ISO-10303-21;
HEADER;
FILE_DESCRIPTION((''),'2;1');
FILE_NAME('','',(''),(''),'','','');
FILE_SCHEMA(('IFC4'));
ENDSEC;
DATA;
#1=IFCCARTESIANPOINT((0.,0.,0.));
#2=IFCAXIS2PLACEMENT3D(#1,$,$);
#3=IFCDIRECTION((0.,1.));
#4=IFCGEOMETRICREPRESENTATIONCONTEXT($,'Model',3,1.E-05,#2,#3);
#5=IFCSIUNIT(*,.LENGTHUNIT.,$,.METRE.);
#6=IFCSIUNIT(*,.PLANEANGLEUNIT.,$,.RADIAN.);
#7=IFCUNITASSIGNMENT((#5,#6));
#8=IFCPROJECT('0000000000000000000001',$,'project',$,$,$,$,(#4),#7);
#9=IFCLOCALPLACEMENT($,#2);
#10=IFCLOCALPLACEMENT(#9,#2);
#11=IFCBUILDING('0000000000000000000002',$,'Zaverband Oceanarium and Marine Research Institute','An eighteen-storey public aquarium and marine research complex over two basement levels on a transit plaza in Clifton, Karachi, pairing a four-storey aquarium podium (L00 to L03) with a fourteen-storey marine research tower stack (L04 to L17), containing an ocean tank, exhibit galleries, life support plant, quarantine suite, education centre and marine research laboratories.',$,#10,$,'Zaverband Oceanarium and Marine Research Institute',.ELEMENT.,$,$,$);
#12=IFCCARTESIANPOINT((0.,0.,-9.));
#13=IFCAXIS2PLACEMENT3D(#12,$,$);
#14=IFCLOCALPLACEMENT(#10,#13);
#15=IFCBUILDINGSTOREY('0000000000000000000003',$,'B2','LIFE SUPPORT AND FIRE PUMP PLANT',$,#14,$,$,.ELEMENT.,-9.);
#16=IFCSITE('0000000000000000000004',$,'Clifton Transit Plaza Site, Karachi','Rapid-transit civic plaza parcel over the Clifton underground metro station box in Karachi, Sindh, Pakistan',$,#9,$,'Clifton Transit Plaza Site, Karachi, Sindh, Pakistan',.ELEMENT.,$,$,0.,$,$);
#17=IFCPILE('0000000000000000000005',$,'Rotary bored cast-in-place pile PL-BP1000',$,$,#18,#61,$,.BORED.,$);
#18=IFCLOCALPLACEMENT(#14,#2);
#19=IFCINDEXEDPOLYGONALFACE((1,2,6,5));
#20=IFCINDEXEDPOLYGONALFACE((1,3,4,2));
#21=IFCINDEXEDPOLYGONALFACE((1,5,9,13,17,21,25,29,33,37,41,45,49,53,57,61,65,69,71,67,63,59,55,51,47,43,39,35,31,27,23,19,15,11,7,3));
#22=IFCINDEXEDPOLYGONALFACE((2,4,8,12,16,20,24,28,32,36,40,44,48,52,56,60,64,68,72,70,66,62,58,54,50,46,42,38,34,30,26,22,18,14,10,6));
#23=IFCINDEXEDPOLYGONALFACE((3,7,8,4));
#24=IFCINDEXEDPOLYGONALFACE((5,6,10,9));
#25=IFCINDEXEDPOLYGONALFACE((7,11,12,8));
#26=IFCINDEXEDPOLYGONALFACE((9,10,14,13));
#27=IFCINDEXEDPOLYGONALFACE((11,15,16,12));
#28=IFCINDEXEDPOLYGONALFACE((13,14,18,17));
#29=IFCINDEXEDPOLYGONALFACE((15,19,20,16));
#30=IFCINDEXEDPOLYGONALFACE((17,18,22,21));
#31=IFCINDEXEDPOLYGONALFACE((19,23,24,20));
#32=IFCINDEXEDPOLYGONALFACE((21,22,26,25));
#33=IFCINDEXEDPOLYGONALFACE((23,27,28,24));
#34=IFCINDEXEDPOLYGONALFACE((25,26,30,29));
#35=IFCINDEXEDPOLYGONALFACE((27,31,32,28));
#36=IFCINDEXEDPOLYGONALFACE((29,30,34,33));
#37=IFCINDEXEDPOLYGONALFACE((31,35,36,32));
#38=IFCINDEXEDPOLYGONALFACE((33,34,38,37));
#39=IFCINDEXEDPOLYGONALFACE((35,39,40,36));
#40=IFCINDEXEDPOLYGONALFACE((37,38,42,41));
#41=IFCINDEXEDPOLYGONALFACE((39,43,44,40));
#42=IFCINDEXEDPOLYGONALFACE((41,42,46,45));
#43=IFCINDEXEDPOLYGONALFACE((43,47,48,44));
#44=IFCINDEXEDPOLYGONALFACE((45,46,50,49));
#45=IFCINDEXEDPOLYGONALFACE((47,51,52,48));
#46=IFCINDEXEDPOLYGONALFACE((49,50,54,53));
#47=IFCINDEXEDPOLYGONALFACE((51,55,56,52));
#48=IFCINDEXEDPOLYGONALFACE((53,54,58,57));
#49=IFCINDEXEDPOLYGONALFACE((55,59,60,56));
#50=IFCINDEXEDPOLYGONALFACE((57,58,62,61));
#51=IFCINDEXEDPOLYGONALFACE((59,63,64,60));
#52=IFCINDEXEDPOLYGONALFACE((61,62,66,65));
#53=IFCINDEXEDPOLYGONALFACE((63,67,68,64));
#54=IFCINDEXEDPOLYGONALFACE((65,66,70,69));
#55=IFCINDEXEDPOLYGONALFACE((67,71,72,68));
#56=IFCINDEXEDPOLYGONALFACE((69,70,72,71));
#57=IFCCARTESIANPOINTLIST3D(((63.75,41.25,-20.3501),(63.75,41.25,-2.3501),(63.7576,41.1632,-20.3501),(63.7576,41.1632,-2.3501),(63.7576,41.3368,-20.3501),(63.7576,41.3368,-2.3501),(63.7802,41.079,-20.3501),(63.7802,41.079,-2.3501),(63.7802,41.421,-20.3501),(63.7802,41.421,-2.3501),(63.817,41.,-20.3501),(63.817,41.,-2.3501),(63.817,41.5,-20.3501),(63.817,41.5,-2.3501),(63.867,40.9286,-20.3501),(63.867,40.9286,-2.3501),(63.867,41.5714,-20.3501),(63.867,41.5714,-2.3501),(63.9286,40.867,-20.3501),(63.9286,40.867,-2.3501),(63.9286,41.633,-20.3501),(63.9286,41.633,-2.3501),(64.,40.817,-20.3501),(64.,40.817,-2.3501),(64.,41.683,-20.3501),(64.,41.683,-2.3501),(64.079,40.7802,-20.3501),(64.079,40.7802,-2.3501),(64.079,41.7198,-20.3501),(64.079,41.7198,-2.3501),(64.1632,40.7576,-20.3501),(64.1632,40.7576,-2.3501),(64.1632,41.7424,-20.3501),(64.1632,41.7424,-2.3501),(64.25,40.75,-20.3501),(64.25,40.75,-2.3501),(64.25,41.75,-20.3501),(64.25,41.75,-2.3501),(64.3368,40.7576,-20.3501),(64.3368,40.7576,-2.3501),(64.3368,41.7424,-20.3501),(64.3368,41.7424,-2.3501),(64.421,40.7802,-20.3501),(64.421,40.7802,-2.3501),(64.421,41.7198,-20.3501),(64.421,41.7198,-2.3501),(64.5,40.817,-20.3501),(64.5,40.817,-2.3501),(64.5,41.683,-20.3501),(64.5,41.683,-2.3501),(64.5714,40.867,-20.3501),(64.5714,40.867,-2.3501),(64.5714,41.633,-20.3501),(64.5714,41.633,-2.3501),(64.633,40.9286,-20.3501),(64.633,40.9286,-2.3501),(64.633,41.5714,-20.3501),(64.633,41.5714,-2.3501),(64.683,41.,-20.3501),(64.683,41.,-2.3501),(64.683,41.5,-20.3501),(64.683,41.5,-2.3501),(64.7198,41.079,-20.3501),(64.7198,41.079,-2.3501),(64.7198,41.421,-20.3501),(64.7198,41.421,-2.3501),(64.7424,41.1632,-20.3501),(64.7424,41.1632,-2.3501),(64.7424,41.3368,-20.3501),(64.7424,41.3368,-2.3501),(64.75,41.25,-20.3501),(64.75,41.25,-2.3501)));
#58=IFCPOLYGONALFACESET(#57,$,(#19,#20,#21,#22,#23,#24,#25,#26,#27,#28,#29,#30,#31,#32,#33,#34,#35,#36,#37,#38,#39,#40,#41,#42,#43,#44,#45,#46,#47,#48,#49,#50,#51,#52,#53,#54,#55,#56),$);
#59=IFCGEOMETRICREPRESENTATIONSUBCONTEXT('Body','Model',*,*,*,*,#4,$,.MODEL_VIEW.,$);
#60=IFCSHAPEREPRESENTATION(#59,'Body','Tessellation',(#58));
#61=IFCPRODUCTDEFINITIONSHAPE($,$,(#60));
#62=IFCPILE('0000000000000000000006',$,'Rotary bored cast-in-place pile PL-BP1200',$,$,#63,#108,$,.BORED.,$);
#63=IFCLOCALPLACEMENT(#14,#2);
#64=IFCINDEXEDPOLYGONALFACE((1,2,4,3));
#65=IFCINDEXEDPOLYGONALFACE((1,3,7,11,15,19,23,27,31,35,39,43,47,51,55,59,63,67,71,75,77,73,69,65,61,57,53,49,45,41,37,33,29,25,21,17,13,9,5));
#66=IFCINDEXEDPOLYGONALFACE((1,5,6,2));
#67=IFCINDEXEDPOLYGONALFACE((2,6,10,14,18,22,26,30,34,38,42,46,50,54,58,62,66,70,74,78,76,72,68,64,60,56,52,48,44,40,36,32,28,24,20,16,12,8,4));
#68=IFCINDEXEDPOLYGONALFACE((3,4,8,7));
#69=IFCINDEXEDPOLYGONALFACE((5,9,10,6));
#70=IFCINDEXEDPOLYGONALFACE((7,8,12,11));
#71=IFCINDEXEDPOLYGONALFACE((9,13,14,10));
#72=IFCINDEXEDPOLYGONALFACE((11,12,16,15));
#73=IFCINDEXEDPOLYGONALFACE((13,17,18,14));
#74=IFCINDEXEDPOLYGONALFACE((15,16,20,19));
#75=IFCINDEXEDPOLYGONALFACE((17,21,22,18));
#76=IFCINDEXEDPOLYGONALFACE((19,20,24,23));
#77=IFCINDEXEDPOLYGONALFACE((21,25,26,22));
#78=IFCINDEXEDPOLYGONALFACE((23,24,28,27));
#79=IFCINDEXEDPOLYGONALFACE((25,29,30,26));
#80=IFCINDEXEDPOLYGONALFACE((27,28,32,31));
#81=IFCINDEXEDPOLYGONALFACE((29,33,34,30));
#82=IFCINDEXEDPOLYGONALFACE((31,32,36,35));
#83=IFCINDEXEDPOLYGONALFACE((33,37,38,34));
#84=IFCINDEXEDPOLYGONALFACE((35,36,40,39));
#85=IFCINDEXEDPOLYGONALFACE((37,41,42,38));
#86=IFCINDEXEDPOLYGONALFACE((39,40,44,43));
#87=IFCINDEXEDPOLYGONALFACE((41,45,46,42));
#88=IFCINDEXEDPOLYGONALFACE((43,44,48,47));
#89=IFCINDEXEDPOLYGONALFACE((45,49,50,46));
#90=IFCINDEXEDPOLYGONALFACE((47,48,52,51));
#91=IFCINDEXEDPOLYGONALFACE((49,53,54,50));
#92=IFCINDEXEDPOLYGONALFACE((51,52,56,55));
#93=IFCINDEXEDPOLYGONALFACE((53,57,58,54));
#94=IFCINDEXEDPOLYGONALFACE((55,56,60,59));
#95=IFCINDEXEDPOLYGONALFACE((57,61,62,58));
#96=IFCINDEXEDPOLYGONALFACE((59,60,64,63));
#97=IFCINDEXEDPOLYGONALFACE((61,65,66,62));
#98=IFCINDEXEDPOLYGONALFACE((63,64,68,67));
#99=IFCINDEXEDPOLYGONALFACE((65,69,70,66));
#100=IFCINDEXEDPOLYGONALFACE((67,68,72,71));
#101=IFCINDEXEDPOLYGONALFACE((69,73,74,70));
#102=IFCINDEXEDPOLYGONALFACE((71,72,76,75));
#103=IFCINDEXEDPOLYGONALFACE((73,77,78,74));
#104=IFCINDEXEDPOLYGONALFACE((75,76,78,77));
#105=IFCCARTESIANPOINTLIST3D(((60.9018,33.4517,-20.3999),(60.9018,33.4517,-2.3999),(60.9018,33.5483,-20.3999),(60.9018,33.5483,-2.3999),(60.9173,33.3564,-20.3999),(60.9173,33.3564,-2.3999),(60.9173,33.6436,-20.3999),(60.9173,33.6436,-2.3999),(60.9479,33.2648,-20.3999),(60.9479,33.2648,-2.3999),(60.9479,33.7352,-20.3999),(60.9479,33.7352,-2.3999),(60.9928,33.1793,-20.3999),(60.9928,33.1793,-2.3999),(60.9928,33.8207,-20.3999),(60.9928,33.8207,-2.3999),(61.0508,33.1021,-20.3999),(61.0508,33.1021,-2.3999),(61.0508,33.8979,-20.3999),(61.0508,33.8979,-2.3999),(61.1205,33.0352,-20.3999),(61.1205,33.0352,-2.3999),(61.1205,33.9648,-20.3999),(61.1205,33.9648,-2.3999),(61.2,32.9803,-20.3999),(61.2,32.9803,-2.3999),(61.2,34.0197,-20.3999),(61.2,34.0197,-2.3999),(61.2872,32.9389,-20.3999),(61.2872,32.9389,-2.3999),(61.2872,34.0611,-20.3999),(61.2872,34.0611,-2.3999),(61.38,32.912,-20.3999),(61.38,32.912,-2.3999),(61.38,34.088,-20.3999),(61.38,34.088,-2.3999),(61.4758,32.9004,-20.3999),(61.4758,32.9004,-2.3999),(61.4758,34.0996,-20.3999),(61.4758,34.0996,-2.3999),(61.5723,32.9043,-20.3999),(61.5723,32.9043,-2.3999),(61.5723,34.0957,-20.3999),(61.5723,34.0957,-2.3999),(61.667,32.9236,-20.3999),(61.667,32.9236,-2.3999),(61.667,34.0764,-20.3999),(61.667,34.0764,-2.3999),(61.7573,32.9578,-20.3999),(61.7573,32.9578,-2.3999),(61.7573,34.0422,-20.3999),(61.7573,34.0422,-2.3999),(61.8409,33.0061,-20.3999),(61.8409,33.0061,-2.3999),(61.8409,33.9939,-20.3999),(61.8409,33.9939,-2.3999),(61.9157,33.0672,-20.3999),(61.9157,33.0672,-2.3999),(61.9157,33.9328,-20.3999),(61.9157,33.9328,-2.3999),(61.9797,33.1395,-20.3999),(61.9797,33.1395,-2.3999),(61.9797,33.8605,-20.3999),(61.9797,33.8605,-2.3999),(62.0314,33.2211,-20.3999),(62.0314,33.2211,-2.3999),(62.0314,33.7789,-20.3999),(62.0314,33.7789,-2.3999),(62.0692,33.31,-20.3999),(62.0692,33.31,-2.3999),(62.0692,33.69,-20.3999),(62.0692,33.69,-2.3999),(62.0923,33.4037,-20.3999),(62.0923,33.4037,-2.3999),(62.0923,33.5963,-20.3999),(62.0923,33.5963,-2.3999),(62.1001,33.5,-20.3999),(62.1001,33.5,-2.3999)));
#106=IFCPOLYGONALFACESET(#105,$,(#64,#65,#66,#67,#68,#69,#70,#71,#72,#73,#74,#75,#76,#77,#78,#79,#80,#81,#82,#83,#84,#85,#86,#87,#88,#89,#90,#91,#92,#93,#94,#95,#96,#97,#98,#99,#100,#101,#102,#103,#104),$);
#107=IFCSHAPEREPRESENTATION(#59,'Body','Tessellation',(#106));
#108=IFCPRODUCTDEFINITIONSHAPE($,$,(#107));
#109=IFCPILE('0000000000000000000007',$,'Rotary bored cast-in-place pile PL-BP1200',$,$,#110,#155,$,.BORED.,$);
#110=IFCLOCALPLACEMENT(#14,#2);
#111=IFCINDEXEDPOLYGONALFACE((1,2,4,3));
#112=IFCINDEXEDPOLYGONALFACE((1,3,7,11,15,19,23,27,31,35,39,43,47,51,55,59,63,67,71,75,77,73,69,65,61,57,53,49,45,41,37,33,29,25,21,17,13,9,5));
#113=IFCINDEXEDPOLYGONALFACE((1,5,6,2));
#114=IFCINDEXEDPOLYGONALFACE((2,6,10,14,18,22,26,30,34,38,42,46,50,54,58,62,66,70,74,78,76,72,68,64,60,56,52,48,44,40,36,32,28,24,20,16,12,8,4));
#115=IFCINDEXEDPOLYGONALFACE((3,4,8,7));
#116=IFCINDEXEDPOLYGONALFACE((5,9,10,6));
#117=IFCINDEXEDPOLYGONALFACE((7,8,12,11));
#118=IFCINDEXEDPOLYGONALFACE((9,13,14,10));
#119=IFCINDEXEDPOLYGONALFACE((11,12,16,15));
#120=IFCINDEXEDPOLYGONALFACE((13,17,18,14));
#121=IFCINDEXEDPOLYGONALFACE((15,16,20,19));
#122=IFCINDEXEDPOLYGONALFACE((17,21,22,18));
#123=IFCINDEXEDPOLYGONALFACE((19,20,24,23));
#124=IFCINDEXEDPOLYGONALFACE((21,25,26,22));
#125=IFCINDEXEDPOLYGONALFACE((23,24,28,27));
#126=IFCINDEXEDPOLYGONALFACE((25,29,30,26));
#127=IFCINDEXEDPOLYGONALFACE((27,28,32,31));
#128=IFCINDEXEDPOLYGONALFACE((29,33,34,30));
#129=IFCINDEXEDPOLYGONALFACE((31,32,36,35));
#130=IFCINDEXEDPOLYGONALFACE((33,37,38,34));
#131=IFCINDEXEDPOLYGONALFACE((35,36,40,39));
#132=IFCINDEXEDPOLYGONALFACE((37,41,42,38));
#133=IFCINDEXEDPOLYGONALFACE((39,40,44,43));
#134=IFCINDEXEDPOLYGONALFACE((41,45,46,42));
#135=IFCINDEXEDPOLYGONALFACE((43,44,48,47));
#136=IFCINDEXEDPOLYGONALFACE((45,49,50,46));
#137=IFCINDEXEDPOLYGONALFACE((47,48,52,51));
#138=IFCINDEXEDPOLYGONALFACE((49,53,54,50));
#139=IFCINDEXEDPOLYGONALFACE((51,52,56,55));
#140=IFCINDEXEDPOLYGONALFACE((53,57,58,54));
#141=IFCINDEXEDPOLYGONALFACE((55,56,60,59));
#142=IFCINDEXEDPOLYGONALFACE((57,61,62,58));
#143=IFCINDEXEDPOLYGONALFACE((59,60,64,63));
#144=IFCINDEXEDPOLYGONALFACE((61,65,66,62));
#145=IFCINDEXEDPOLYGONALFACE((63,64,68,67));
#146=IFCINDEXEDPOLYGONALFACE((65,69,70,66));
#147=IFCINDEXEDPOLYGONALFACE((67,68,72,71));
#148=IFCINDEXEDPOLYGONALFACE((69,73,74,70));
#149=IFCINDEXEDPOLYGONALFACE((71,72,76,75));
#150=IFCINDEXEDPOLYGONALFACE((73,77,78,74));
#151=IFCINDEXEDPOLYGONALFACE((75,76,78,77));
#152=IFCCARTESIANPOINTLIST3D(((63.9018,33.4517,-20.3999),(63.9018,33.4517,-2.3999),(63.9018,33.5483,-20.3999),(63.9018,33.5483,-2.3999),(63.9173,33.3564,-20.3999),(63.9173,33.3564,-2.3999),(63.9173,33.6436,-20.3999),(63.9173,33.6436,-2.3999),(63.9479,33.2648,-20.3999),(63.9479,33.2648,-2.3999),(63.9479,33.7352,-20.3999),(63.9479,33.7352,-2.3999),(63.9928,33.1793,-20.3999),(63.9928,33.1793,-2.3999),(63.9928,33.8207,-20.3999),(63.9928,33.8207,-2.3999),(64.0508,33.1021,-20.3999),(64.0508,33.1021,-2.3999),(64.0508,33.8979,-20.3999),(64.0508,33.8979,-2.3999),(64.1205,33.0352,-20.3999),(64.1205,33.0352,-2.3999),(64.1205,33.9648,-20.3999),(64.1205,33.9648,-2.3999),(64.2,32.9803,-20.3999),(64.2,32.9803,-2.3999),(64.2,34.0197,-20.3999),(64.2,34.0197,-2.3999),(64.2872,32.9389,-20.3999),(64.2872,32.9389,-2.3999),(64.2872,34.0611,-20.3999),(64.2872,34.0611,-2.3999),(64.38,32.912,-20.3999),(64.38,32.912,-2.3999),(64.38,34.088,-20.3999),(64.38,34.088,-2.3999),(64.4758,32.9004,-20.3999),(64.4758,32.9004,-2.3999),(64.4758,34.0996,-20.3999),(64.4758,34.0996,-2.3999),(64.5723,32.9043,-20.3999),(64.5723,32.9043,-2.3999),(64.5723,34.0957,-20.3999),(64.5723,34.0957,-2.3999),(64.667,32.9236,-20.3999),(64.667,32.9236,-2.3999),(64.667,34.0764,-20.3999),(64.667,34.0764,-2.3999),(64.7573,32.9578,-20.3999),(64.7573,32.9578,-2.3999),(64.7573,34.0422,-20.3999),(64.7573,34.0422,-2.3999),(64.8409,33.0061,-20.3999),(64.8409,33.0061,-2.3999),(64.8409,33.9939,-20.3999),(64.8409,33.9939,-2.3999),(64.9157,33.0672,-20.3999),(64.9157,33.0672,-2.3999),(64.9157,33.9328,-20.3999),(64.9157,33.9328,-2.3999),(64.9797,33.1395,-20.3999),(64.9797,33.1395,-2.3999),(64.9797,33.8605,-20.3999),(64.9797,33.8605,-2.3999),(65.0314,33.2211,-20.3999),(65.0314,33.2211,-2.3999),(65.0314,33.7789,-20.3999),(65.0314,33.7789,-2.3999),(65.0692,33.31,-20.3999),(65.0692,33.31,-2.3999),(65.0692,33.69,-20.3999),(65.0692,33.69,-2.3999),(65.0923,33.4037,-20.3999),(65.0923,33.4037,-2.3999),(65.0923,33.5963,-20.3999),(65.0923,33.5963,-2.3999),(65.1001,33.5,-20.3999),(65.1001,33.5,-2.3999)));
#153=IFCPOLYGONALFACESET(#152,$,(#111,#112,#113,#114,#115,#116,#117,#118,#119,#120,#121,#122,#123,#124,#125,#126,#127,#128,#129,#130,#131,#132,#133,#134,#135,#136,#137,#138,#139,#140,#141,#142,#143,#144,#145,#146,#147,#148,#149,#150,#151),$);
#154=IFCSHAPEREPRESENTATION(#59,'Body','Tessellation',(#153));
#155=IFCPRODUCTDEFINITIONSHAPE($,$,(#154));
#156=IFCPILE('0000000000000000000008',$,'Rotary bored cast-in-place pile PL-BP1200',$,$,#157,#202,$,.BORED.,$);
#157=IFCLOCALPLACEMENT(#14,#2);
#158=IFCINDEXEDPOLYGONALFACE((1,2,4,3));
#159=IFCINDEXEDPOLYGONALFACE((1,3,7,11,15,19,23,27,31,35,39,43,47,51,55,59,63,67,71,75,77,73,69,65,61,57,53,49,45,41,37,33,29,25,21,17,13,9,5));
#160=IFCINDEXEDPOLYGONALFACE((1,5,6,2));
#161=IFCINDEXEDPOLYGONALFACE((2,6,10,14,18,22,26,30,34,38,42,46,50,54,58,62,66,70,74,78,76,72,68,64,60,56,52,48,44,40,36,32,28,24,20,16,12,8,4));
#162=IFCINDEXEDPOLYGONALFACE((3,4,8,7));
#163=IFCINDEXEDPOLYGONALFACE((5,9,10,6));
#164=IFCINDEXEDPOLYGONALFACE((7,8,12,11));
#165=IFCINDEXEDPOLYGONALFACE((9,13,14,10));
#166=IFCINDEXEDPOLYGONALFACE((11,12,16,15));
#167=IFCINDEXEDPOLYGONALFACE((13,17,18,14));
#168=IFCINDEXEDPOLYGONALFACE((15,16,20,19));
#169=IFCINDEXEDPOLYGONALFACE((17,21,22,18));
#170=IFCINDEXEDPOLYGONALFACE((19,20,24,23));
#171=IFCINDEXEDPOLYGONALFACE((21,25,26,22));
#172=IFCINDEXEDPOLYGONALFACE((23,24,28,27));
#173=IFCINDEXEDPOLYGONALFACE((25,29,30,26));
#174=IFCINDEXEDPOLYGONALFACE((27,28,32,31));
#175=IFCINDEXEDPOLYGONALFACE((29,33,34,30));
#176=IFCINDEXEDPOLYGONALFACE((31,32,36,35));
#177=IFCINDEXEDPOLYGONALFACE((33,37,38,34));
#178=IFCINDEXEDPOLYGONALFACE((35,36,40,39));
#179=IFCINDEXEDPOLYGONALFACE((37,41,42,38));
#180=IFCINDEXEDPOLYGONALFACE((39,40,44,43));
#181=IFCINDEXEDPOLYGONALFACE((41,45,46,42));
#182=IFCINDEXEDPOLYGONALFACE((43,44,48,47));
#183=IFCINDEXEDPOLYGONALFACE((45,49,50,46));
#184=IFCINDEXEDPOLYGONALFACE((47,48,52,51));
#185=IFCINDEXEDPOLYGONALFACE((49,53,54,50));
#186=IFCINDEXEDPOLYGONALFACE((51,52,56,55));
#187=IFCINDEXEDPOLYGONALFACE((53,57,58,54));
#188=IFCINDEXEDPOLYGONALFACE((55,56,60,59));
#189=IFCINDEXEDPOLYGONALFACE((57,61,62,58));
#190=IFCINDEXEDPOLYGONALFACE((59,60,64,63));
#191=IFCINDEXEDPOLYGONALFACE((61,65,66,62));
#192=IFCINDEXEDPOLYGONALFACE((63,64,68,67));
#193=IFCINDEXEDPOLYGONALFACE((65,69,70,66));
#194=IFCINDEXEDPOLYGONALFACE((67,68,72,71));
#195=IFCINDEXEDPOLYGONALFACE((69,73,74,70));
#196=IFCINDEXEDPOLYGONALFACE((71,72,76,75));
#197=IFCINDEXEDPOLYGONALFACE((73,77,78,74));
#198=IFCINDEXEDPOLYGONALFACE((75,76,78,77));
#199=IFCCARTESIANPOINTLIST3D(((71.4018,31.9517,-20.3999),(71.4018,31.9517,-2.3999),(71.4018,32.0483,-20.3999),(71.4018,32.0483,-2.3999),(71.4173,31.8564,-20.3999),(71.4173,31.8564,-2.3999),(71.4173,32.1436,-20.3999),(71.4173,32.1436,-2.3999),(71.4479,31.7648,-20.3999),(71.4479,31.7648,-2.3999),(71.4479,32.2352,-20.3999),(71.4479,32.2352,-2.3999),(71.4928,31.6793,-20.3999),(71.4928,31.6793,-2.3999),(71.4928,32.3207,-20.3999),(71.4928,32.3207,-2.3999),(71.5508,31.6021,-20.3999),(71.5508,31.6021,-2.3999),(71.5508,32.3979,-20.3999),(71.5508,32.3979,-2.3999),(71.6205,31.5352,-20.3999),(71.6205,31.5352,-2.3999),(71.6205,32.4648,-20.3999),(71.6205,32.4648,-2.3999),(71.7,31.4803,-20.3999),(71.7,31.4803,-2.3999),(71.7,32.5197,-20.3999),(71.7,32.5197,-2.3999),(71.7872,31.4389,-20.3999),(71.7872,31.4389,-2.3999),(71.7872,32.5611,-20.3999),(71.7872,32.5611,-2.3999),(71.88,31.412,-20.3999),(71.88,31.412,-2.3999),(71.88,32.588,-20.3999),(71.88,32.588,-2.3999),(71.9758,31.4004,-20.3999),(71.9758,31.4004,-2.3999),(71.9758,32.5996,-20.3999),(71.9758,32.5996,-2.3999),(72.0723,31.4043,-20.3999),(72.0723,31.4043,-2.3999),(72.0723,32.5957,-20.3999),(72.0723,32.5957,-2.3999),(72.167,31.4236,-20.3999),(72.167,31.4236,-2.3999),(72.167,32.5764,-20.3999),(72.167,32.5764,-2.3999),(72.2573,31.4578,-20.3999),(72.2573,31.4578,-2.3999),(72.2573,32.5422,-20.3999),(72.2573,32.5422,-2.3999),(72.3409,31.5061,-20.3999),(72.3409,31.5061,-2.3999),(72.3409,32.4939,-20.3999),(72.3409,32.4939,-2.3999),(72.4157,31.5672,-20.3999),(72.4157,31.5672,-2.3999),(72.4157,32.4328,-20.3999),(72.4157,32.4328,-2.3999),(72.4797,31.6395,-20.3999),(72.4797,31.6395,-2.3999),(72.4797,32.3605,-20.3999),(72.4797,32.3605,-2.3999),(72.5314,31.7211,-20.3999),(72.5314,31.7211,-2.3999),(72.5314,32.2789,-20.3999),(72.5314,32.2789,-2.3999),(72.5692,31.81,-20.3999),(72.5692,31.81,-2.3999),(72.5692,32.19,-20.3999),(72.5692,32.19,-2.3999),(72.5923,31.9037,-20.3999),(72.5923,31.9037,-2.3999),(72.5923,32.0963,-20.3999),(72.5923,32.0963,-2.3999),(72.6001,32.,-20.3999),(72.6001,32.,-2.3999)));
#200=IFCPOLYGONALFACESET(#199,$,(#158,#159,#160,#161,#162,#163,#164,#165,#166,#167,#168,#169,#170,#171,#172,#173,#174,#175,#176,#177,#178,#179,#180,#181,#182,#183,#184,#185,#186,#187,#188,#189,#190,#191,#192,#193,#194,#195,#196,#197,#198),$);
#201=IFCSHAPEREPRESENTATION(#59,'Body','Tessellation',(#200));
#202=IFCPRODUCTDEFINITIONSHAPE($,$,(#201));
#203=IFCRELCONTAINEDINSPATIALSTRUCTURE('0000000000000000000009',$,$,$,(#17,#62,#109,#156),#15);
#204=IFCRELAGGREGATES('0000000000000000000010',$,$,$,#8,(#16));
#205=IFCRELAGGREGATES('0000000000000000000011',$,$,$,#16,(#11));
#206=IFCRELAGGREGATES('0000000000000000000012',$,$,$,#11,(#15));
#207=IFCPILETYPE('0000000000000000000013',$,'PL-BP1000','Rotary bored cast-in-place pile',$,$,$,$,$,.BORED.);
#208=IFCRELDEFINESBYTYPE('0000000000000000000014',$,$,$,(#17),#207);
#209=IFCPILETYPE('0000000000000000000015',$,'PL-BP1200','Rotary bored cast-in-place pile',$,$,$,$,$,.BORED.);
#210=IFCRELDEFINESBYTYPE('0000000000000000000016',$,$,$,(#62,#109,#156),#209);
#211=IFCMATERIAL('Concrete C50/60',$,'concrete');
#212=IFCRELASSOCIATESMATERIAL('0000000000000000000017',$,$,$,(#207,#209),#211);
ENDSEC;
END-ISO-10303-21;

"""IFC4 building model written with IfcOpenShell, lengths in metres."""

from ifc_helpers import new_model, si_unit, direction, frame, origin, origin_2d, place, context, subcontext, project, spatial, circle, extrude, material, material_profile, profile_set, type_object, element, save


model = new_model("IFC4")

# Units and contexts
model_context = context("Model", 3, precision=1e-05, world=origin(), true_north=direction((0.0, 1.0)))
body_context = subcontext(model_context, "Body", "Model", "MODEL_VIEW")
ifc_project = project(units=[si_unit("LENGTHUNIT", "METRE"), si_unit("PLANEANGLEUNIT", "RADIAN")], contexts=[model_context])

# Site, building, storey
site_placement = place(None, origin())
site = spatial("IfcSite", under=ifc_project, at=site_placement, Name="Clifton Transit Plaza Site, Karachi", Description="Rapid-transit civic plaza parcel over the Clifton underground metro station box in Karachi, Sindh, Pakistan", LongName="Clifton Transit Plaza Site, Karachi, Sindh, Pakistan", CompositionType="ELEMENT", RefElevation=0.0)
building_placement = place(site_placement, origin())
building = spatial("IfcBuilding", under=site, at=building_placement, Name="Zaverband Oceanarium and Marine Research Institute", Description="An eighteen-storey public aquarium and marine research complex over two basement levels on a transit plaza in Clifton, Karachi, pairing a four-storey aquarium podium (L00 to L03) with a fourteen-storey marine research tower stack (L04 to L17), containing an ocean tank, exhibit galleries, life support plant, quarantine suite, education centre and marine research laboratories.", LongName="Zaverband Oceanarium and Marine Research Institute", CompositionType="ELEMENT")
storey_placement = place(building_placement, frame((0.0, 0.0, -9.0)))
storey = spatial("IfcBuildingStorey", under=building, at=storey_placement, Name="B2", Description="LIFE SUPPORT AND FIRE PUMP PLANT", CompositionType="ELEMENT", Elevation=-9.0)

# Shared definitions
ifc_material_1 = material(Name="Concrete C50/60", Category="concrete")

# Piles
ifc_material_profile_1 = material_profile(ifc_material_1, circle(Radius=0.5, at=origin_2d()), Name="BP1000")
ifc_profile_set_1 = profile_set([ifc_material_profile_1], Name="Concrete C50/60")
pile_type_1 = type_object("IfcPileType", Name="PL-BP1000", Description="Rotary bored cast-in-place pile", PredefinedType="BORED", material=ifc_profile_set_1)
for number, where, z_axis, x_axis, name in (
    (1, (64.25, 41.25, -2.3501), (0.0, 0.0, -1.0), (1.0, 0.0, 0.0), "Rotary bored cast-in-place pile PL-BP1000"),
):
    element("IfcPile", number, at=place(storey_placement, frame(where, z_axis=z_axis, x_axis=x_axis)), inside=storey, type_object=pile_type_1, Name=name, PredefinedType="BORED", context=body_context, shape_type="SweptSolid", body=[
        extrude(circle(Radius=0.5, at=origin_2d()), origin(), (0.0, 0.0, 1.0), 18.0),
    ])
ifc_material_profile_2 = material_profile(ifc_material_1, circle(Radius=0.6001, at=origin_2d()), Name="BP1200")
ifc_profile_set_2 = profile_set([ifc_material_profile_2], Name="Concrete C50/60")
pile_type_2 = type_object("IfcPileType", Name="PL-BP1200", Description="Rotary bored cast-in-place pile", PredefinedType="BORED", material=ifc_profile_set_2)
for number, where, z_axis, x_axis, name in (
    (2, (61.5, 33.5, -2.3999), (0.0, 0.0, -1.0), (1.0, 0.0, 0.0), "Rotary bored cast-in-place pile PL-BP1200"),
    (3, (64.5, 33.5, -2.3999), (0.0, 0.0, -1.0), (1.0, 0.0, 0.0), "Rotary bored cast-in-place pile PL-BP1200"),
    (4, (72.0, 32.0, -2.3999), (0.0, 0.0, -1.0), (1.0, 0.0, 0.0), "Rotary bored cast-in-place pile PL-BP1200"),
):
    element("IfcPile", number, at=place(storey_placement, frame(where, z_axis=z_axis, x_axis=x_axis)), inside=storey, type_object=pile_type_2, Name=name, PredefinedType="BORED", context=body_context, shape_type="SweptSolid", body=[
        extrude(circle(Radius=0.6001, at=origin_2d()), origin(), (0.0, 0.0, 1.0), 18.0),
    ])

save(model, "model.ifc")
